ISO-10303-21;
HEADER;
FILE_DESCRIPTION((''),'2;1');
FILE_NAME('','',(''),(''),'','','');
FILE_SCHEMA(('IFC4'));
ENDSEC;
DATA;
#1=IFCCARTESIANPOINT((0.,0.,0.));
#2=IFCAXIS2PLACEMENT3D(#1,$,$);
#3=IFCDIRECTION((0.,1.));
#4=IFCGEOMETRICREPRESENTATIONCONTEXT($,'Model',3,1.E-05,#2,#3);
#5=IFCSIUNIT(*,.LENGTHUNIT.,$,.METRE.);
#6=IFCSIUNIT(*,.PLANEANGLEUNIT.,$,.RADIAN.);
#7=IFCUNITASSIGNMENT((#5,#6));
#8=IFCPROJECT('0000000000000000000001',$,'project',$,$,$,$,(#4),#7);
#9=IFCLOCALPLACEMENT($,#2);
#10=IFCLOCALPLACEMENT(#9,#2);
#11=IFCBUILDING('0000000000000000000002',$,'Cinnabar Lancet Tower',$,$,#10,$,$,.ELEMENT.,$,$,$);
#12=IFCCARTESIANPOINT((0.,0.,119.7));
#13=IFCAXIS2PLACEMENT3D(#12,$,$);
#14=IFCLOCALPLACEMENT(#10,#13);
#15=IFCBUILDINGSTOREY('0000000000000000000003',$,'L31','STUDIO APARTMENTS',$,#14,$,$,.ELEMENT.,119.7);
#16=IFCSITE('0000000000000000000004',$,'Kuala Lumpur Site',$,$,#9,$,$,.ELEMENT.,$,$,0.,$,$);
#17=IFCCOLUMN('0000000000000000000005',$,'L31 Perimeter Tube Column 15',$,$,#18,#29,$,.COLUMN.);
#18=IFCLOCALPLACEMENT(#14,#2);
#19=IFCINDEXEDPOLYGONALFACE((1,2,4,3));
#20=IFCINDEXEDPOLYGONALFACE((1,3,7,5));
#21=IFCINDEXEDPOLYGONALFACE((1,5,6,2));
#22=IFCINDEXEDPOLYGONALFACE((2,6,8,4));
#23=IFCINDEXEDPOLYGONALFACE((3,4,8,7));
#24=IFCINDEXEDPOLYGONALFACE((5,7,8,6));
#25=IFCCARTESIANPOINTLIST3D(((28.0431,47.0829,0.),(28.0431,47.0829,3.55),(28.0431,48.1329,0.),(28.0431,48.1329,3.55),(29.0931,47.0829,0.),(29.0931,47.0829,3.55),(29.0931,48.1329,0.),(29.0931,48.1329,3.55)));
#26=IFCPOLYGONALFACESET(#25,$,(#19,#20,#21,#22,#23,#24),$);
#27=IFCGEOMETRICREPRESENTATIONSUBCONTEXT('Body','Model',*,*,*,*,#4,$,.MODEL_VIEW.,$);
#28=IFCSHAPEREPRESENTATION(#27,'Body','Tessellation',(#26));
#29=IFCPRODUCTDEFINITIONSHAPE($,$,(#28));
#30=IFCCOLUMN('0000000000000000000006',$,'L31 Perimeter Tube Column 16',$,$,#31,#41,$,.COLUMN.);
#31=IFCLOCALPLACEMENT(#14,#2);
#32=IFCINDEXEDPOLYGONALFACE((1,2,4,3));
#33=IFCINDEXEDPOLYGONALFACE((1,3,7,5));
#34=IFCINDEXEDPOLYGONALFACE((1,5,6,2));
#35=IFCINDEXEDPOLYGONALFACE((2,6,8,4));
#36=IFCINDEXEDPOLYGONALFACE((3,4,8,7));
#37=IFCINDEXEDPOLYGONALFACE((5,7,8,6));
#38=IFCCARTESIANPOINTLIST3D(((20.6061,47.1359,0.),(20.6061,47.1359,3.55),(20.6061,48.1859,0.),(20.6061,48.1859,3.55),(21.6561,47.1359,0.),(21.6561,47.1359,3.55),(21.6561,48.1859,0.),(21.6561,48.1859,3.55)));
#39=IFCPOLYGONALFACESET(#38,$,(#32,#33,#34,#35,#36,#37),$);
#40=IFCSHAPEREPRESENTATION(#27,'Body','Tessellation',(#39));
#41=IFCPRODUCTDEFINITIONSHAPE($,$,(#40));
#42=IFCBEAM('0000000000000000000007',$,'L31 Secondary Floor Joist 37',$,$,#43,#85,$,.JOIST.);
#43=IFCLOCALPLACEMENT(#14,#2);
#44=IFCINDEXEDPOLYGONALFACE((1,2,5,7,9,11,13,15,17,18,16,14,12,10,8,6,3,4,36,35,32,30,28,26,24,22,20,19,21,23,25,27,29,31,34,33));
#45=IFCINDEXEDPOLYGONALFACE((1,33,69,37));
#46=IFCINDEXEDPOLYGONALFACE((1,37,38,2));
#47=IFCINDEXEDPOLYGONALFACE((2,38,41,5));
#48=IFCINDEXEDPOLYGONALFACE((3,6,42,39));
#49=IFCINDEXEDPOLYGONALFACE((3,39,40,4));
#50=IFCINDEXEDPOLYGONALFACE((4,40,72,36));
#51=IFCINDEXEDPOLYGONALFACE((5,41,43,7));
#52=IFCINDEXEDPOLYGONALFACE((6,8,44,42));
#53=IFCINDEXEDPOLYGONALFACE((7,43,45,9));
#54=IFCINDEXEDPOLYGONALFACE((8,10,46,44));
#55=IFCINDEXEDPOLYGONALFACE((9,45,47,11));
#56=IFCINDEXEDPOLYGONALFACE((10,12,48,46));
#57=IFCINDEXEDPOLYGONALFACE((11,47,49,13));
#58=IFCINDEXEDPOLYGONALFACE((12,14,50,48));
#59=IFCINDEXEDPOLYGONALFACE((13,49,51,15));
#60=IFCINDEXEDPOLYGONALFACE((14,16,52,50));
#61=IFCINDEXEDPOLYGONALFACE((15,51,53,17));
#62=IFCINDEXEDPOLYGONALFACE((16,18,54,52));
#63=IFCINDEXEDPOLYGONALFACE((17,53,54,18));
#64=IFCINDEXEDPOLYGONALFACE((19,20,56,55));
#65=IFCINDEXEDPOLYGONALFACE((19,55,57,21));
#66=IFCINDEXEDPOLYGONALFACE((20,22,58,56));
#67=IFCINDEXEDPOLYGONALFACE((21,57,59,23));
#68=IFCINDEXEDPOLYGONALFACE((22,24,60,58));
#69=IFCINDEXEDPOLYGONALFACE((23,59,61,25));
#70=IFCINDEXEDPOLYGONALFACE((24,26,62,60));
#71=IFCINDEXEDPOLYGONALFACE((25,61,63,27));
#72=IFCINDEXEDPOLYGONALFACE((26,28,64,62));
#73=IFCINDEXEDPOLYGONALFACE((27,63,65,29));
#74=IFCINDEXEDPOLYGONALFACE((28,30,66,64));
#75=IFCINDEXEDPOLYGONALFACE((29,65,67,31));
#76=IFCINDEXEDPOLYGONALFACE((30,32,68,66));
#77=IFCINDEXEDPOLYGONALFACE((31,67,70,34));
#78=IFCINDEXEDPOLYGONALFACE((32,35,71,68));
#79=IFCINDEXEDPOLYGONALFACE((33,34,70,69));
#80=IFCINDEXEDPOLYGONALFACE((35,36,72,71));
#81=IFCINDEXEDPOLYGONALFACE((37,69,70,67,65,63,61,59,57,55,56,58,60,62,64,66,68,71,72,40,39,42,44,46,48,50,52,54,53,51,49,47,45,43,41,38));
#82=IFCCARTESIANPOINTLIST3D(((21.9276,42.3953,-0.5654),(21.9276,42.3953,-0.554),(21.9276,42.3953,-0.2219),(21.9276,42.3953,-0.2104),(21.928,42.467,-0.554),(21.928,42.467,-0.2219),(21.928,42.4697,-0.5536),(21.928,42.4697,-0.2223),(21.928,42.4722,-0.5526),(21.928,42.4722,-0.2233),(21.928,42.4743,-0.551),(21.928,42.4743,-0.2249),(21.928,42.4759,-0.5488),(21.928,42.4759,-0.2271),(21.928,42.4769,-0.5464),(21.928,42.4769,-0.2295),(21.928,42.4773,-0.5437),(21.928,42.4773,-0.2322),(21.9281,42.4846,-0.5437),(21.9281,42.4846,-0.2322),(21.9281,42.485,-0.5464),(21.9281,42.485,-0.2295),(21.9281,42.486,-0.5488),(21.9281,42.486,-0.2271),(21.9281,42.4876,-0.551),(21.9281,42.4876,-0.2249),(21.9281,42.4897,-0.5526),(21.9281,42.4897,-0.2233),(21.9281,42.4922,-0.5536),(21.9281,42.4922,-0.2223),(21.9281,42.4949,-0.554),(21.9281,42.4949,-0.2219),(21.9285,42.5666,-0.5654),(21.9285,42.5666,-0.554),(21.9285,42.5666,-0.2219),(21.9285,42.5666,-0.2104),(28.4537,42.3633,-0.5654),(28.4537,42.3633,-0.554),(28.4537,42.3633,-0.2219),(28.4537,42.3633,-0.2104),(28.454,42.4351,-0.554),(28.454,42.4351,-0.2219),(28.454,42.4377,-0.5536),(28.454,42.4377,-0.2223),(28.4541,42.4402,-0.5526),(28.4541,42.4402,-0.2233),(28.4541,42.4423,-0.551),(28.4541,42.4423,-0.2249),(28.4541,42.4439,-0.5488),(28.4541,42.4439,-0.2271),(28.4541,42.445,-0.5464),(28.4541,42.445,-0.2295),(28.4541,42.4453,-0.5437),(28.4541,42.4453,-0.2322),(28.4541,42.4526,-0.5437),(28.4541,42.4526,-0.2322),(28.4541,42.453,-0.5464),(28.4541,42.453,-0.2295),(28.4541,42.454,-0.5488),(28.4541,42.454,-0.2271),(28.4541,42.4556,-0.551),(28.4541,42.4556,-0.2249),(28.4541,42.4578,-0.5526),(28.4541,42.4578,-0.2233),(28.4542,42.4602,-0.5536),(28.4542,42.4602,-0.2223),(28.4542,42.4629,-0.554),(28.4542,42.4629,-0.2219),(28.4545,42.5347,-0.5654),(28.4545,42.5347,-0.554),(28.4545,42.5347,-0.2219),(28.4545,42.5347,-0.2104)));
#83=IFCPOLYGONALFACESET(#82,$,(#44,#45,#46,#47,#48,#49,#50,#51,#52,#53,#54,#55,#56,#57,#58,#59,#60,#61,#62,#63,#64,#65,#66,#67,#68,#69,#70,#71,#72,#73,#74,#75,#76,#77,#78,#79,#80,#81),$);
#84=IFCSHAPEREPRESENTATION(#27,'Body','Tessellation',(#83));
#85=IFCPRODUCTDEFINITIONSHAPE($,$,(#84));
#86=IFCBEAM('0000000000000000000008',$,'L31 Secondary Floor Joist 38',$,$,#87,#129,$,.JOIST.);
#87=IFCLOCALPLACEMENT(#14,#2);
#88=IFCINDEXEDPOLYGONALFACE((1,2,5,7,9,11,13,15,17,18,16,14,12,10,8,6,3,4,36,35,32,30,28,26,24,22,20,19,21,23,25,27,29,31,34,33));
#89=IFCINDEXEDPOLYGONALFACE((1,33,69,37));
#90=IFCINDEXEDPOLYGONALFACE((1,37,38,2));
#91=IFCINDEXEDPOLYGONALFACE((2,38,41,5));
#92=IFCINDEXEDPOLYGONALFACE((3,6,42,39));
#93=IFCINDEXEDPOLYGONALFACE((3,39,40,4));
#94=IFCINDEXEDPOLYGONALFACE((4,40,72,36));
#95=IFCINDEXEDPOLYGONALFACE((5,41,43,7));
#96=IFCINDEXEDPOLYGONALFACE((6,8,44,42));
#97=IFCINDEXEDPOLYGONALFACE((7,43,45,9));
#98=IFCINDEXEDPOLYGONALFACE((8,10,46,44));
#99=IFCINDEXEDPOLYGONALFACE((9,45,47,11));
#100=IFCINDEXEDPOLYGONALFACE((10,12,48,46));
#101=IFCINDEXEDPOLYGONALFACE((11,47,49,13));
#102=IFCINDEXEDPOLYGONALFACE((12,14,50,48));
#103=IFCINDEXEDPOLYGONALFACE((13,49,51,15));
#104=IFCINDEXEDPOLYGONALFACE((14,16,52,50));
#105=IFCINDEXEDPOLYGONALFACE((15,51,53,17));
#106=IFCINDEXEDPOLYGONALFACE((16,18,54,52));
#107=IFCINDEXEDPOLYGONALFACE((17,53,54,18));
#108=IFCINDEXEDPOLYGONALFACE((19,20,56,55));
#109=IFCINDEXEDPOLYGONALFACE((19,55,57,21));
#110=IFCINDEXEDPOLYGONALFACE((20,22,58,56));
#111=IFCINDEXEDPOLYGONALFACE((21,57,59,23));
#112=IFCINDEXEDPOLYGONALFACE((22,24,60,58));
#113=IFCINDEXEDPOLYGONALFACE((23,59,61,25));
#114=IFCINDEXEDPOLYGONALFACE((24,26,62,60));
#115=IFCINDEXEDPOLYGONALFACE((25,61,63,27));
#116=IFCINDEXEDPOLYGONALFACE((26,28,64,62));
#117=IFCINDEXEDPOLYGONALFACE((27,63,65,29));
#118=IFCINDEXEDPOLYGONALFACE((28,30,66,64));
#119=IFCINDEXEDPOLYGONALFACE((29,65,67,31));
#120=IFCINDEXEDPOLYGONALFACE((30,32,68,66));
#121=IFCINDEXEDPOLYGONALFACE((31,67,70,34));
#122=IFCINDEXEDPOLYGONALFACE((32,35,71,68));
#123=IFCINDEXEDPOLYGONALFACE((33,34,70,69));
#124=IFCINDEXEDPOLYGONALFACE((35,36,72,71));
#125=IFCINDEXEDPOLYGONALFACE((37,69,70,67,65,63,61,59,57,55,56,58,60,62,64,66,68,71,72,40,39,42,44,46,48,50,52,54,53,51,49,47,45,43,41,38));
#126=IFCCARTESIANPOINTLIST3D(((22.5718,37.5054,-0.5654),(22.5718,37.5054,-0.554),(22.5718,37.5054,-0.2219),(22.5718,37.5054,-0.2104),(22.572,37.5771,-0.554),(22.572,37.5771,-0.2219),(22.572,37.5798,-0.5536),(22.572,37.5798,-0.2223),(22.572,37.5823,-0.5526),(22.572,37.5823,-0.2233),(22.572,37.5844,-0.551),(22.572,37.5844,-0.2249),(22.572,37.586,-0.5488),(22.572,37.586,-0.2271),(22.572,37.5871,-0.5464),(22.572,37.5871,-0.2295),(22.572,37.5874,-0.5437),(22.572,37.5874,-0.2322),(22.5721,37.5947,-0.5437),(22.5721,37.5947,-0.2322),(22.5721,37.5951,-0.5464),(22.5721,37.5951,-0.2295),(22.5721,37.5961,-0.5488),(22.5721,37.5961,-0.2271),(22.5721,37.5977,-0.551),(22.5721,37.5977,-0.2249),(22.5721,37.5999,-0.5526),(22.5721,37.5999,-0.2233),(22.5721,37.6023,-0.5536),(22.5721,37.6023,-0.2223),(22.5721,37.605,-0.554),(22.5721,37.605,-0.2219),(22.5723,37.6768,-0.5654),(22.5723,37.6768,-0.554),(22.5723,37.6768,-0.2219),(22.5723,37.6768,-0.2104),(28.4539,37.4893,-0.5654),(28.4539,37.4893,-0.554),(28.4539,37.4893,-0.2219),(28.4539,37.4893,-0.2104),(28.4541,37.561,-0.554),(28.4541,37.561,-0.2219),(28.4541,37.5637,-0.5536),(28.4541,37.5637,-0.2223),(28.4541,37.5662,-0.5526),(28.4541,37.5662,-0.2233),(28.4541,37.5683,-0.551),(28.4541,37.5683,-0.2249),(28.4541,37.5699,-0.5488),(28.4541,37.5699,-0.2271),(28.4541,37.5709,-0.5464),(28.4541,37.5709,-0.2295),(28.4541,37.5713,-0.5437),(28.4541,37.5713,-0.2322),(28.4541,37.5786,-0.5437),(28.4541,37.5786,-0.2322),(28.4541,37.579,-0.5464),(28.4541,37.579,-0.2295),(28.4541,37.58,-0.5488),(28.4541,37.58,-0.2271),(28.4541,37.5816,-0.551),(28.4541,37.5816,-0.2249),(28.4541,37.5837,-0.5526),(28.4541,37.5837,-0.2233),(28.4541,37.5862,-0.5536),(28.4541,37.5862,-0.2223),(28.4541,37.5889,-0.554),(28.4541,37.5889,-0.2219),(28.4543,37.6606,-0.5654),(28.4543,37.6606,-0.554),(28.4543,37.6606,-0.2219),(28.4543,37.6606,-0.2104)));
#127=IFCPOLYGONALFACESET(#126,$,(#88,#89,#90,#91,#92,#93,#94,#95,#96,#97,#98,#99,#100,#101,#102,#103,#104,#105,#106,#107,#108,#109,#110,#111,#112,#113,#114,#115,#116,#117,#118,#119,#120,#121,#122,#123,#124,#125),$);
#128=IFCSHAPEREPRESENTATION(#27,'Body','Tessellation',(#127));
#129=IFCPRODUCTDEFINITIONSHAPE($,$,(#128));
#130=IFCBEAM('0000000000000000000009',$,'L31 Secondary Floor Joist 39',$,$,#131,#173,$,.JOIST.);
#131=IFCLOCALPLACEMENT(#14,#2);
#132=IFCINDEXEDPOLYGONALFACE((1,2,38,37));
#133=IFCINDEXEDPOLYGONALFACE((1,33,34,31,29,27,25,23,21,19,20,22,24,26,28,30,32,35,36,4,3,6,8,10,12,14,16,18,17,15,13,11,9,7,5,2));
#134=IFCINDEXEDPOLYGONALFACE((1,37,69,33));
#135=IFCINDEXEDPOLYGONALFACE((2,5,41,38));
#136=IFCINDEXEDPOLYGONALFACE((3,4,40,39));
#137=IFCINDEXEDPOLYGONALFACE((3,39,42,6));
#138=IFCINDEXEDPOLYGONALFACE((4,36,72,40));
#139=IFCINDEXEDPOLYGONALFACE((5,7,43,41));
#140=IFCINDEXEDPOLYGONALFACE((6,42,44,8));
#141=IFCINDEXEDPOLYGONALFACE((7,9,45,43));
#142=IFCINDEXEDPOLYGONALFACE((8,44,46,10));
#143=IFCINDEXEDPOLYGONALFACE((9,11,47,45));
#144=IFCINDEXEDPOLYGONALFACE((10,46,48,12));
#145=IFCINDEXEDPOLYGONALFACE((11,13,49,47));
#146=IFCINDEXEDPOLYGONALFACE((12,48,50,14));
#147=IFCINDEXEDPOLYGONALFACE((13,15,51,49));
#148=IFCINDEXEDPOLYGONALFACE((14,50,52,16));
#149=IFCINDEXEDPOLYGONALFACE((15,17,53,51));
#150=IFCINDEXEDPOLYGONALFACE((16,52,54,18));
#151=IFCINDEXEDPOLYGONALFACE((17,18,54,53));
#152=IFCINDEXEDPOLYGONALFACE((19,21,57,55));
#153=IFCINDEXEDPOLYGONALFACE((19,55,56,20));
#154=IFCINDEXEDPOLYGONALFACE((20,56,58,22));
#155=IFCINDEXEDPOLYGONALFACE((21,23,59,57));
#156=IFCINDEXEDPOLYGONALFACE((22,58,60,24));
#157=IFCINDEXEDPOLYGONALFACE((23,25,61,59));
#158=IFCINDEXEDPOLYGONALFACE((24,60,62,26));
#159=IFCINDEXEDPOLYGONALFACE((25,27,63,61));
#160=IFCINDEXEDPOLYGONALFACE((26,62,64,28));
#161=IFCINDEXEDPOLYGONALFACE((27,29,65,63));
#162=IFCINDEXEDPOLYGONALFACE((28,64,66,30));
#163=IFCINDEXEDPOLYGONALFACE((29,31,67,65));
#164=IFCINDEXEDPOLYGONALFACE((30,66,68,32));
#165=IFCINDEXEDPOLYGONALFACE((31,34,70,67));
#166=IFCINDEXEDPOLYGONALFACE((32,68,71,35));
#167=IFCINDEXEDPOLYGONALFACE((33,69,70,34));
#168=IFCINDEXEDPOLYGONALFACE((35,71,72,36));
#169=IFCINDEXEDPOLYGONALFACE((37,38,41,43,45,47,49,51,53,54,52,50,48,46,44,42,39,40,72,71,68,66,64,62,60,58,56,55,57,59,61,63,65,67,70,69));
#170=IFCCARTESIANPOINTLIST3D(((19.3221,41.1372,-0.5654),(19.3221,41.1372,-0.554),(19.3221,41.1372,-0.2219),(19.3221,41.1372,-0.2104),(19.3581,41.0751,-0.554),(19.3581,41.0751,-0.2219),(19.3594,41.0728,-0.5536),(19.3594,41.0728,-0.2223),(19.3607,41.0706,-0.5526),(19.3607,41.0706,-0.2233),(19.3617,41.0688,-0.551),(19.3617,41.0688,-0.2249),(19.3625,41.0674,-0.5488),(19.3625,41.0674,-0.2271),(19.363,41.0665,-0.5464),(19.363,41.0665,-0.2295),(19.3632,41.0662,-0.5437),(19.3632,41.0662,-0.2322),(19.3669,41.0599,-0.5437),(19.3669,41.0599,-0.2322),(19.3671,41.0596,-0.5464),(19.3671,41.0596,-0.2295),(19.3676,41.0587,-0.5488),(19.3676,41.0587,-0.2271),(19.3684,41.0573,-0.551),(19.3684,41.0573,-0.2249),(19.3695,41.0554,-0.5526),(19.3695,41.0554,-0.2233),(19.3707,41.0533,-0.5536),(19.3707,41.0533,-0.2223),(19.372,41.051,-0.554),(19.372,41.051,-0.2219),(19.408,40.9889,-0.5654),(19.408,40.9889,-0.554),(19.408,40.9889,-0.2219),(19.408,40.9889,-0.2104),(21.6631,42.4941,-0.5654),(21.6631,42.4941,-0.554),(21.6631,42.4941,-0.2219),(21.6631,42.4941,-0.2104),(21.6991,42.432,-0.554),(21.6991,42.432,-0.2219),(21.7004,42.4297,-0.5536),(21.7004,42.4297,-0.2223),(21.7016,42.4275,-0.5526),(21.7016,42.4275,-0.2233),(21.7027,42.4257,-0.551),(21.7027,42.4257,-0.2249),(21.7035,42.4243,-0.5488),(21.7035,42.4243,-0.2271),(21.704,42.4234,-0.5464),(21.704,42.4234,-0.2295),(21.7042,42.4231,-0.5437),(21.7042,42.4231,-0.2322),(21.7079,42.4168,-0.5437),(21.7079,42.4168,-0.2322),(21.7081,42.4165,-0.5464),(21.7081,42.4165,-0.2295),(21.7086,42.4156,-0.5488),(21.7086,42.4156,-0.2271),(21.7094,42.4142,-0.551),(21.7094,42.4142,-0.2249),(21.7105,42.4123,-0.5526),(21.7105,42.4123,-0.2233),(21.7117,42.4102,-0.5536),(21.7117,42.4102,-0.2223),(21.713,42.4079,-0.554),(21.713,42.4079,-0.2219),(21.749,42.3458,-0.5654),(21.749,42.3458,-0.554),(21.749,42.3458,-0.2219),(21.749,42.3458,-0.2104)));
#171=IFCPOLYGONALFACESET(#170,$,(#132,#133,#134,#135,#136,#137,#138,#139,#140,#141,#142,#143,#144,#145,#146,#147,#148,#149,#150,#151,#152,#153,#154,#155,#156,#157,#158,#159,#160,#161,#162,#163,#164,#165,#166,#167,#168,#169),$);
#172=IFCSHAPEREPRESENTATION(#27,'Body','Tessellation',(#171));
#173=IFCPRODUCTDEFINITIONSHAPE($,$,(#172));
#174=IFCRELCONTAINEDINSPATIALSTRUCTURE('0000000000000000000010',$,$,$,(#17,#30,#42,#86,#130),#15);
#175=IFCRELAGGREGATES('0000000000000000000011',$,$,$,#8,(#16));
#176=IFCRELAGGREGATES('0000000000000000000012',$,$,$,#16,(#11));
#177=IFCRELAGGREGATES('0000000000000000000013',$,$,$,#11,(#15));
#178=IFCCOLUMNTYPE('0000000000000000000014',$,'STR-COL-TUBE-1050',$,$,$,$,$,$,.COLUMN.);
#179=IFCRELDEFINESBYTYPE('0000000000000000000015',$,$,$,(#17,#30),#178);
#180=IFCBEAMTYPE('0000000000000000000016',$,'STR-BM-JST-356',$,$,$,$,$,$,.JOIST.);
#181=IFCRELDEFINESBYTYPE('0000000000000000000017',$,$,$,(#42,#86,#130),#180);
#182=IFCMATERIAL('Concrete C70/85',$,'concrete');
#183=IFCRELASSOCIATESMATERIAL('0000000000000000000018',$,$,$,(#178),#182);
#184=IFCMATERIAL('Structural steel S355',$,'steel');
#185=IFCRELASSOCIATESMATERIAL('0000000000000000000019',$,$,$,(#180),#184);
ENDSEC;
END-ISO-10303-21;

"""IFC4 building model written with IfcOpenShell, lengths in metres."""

from ifc_helpers import new_model, si_unit, direction, frame, origin, origin_2d, place, context, subcontext, project, spatial, rectangle, i_section, extrude, material, material_profile, profile_set, type_object, element, save


model = new_model("IFC4")

# Units and contexts
model_context = context("Model", 3, precision=1e-05, world=origin(), true_north=direction((0.0, 1.0)))
body_context = subcontext(model_context, "Body", "Model", "MODEL_VIEW")
ifc_project = project(units=[si_unit("LENGTHUNIT", "METRE"), si_unit("PLANEANGLEUNIT", "RADIAN")], contexts=[model_context])

# Site, building, storey
site_placement = place(None, origin())
site = spatial("IfcSite", under=ifc_project, at=site_placement, Name="Kuala Lumpur Site", CompositionType="ELEMENT", RefElevation=0.0)
building_placement = place(site_placement, origin())
building = spatial("IfcBuilding", under=site, at=building_placement, Name="Cinnabar Lancet Tower", CompositionType="ELEMENT")
storey_placement = place(building_placement, frame((0.0, 0.0, 119.7)))
storey = spatial("IfcBuildingStorey", under=building, at=storey_placement, Name="L31", Description="STUDIO APARTMENTS", CompositionType="ELEMENT", Elevation=119.7)

# Columns
ifc_material_1 = material(Name="Concrete C70/85", Category="concrete")
ifc_material_profile_1 = material_profile(ifc_material_1, rectangle(XDim=1.05, YDim=1.05, at=origin_2d()), Name="RC-COL 1050x1050")
ifc_profile_set_1 = profile_set([ifc_material_profile_1], Name="Concrete C70/85")
column_type = type_object("IfcColumnType", Name="STR-COL-TUBE-1050", PredefinedType="COLUMN", material=ifc_profile_set_1)
for number, where, z_axis, x_axis, name in (
    (1, (28.5681, 47.6079, 0.0), (0.0, 0.0, 1.0), (1.0, 0.0, 0.0), "L31 Perimeter Tube Column 15"),
    (2, (21.1311, 47.6609, 0.0), (0.0, 0.0, 1.0), (1.0, 0.0, 0.0), "L31 Perimeter Tube Column 16"),
):
    element("IfcColumn", number, at=place(storey_placement, frame(where, z_axis=z_axis, x_axis=x_axis)), inside=storey, type_object=column_type, Name=name, PredefinedType="COLUMN", context=body_context, shape_type="SweptSolid", body=[
        extrude(rectangle(XDim=1.05, YDim=1.05, at=origin_2d()), origin(), (0.0, 0.0, 1.0), 3.55),
    ])

# Beams
ifc_material_2 = material(Name="Structural steel S355", Category="steel")
ifc_material_profile_2 = material_profile(ifc_material_2, i_section(OverallWidth=0.1714, OverallDepth=0.355, WebThickness=0.0073, FlangeThickness=0.0115, FilletRadius=0.0103, at=origin_2d()), Name="UKB 356x171x51")
ifc_profile_set_2 = profile_set([ifc_material_profile_2], Name="Structural steel S355")
beam_type_1 = type_object("IfcBeamType", Name="STR-BM-JST-356", PredefinedType="JOIST", material=ifc_profile_set_2)
beam_1_placement = place(storey_placement, frame((28.4541, 42.449, -0.3879), z_axis=(-0.999988, 0.004901, 0.0), x_axis=(-0.004901, -0.999988, 0.0)))
element("IfcBeam", 3, at=beam_1_placement, inside=storey, type_object=beam_type_1, Name="L31 Secondary Floor Joist 37", PredefinedType="JOIST", context=body_context, shape_type="SweptSolid", body=[
    extrude(i_section(OverallWidth=0.1714, OverallDepth=0.355, WebThickness=0.0073, FlangeThickness=0.0115, FilletRadius=0.0103, at=origin_2d()), origin(), (0.0, 0.0, 1.0), 6.5261),
])
beam_2_placement = place(storey_placement, frame((28.4541, 37.575, -0.3879), z_axis=(-0.999996, 0.002739, 0.0), x_axis=(-0.002739, -0.999996, 0.0)))
element("IfcBeam", 4, at=beam_2_placement, inside=storey, type_object=beam_type_1, Name="L31 Secondary Floor Joist 38", PredefinedType="JOIST", context=body_context, shape_type="SweptSolid", body=[
    extrude(i_section(OverallWidth=0.1714, OverallDepth=0.355, WebThickness=0.0073, FlangeThickness=0.0115, FilletRadius=0.0103, at=origin_2d()), origin(), (0.0, 0.0, 1.0), 5.8821),
])
beam_3_placement = place(storey_placement, frame((21.7061, 42.4199, -0.3879), z_axis=(-0.865173, -0.501474, 0.0), x_axis=(0.501474, -0.865173, 0.0)))
element("IfcBeam", 5, at=beam_3_placement, inside=storey, type_object=beam_type_1, Name="L31 Secondary Floor Joist 39", PredefinedType="JOIST", context=body_context, shape_type="SweptSolid", body=[
    extrude(i_section(OverallWidth=0.1714, OverallDepth=0.355, WebThickness=0.0073, FlangeThickness=0.0115, FilletRadius=0.0103, at=origin_2d()), origin(), (0.0, 0.0, 1.0), 2.7058),
])

save(model, "model.ifc")
